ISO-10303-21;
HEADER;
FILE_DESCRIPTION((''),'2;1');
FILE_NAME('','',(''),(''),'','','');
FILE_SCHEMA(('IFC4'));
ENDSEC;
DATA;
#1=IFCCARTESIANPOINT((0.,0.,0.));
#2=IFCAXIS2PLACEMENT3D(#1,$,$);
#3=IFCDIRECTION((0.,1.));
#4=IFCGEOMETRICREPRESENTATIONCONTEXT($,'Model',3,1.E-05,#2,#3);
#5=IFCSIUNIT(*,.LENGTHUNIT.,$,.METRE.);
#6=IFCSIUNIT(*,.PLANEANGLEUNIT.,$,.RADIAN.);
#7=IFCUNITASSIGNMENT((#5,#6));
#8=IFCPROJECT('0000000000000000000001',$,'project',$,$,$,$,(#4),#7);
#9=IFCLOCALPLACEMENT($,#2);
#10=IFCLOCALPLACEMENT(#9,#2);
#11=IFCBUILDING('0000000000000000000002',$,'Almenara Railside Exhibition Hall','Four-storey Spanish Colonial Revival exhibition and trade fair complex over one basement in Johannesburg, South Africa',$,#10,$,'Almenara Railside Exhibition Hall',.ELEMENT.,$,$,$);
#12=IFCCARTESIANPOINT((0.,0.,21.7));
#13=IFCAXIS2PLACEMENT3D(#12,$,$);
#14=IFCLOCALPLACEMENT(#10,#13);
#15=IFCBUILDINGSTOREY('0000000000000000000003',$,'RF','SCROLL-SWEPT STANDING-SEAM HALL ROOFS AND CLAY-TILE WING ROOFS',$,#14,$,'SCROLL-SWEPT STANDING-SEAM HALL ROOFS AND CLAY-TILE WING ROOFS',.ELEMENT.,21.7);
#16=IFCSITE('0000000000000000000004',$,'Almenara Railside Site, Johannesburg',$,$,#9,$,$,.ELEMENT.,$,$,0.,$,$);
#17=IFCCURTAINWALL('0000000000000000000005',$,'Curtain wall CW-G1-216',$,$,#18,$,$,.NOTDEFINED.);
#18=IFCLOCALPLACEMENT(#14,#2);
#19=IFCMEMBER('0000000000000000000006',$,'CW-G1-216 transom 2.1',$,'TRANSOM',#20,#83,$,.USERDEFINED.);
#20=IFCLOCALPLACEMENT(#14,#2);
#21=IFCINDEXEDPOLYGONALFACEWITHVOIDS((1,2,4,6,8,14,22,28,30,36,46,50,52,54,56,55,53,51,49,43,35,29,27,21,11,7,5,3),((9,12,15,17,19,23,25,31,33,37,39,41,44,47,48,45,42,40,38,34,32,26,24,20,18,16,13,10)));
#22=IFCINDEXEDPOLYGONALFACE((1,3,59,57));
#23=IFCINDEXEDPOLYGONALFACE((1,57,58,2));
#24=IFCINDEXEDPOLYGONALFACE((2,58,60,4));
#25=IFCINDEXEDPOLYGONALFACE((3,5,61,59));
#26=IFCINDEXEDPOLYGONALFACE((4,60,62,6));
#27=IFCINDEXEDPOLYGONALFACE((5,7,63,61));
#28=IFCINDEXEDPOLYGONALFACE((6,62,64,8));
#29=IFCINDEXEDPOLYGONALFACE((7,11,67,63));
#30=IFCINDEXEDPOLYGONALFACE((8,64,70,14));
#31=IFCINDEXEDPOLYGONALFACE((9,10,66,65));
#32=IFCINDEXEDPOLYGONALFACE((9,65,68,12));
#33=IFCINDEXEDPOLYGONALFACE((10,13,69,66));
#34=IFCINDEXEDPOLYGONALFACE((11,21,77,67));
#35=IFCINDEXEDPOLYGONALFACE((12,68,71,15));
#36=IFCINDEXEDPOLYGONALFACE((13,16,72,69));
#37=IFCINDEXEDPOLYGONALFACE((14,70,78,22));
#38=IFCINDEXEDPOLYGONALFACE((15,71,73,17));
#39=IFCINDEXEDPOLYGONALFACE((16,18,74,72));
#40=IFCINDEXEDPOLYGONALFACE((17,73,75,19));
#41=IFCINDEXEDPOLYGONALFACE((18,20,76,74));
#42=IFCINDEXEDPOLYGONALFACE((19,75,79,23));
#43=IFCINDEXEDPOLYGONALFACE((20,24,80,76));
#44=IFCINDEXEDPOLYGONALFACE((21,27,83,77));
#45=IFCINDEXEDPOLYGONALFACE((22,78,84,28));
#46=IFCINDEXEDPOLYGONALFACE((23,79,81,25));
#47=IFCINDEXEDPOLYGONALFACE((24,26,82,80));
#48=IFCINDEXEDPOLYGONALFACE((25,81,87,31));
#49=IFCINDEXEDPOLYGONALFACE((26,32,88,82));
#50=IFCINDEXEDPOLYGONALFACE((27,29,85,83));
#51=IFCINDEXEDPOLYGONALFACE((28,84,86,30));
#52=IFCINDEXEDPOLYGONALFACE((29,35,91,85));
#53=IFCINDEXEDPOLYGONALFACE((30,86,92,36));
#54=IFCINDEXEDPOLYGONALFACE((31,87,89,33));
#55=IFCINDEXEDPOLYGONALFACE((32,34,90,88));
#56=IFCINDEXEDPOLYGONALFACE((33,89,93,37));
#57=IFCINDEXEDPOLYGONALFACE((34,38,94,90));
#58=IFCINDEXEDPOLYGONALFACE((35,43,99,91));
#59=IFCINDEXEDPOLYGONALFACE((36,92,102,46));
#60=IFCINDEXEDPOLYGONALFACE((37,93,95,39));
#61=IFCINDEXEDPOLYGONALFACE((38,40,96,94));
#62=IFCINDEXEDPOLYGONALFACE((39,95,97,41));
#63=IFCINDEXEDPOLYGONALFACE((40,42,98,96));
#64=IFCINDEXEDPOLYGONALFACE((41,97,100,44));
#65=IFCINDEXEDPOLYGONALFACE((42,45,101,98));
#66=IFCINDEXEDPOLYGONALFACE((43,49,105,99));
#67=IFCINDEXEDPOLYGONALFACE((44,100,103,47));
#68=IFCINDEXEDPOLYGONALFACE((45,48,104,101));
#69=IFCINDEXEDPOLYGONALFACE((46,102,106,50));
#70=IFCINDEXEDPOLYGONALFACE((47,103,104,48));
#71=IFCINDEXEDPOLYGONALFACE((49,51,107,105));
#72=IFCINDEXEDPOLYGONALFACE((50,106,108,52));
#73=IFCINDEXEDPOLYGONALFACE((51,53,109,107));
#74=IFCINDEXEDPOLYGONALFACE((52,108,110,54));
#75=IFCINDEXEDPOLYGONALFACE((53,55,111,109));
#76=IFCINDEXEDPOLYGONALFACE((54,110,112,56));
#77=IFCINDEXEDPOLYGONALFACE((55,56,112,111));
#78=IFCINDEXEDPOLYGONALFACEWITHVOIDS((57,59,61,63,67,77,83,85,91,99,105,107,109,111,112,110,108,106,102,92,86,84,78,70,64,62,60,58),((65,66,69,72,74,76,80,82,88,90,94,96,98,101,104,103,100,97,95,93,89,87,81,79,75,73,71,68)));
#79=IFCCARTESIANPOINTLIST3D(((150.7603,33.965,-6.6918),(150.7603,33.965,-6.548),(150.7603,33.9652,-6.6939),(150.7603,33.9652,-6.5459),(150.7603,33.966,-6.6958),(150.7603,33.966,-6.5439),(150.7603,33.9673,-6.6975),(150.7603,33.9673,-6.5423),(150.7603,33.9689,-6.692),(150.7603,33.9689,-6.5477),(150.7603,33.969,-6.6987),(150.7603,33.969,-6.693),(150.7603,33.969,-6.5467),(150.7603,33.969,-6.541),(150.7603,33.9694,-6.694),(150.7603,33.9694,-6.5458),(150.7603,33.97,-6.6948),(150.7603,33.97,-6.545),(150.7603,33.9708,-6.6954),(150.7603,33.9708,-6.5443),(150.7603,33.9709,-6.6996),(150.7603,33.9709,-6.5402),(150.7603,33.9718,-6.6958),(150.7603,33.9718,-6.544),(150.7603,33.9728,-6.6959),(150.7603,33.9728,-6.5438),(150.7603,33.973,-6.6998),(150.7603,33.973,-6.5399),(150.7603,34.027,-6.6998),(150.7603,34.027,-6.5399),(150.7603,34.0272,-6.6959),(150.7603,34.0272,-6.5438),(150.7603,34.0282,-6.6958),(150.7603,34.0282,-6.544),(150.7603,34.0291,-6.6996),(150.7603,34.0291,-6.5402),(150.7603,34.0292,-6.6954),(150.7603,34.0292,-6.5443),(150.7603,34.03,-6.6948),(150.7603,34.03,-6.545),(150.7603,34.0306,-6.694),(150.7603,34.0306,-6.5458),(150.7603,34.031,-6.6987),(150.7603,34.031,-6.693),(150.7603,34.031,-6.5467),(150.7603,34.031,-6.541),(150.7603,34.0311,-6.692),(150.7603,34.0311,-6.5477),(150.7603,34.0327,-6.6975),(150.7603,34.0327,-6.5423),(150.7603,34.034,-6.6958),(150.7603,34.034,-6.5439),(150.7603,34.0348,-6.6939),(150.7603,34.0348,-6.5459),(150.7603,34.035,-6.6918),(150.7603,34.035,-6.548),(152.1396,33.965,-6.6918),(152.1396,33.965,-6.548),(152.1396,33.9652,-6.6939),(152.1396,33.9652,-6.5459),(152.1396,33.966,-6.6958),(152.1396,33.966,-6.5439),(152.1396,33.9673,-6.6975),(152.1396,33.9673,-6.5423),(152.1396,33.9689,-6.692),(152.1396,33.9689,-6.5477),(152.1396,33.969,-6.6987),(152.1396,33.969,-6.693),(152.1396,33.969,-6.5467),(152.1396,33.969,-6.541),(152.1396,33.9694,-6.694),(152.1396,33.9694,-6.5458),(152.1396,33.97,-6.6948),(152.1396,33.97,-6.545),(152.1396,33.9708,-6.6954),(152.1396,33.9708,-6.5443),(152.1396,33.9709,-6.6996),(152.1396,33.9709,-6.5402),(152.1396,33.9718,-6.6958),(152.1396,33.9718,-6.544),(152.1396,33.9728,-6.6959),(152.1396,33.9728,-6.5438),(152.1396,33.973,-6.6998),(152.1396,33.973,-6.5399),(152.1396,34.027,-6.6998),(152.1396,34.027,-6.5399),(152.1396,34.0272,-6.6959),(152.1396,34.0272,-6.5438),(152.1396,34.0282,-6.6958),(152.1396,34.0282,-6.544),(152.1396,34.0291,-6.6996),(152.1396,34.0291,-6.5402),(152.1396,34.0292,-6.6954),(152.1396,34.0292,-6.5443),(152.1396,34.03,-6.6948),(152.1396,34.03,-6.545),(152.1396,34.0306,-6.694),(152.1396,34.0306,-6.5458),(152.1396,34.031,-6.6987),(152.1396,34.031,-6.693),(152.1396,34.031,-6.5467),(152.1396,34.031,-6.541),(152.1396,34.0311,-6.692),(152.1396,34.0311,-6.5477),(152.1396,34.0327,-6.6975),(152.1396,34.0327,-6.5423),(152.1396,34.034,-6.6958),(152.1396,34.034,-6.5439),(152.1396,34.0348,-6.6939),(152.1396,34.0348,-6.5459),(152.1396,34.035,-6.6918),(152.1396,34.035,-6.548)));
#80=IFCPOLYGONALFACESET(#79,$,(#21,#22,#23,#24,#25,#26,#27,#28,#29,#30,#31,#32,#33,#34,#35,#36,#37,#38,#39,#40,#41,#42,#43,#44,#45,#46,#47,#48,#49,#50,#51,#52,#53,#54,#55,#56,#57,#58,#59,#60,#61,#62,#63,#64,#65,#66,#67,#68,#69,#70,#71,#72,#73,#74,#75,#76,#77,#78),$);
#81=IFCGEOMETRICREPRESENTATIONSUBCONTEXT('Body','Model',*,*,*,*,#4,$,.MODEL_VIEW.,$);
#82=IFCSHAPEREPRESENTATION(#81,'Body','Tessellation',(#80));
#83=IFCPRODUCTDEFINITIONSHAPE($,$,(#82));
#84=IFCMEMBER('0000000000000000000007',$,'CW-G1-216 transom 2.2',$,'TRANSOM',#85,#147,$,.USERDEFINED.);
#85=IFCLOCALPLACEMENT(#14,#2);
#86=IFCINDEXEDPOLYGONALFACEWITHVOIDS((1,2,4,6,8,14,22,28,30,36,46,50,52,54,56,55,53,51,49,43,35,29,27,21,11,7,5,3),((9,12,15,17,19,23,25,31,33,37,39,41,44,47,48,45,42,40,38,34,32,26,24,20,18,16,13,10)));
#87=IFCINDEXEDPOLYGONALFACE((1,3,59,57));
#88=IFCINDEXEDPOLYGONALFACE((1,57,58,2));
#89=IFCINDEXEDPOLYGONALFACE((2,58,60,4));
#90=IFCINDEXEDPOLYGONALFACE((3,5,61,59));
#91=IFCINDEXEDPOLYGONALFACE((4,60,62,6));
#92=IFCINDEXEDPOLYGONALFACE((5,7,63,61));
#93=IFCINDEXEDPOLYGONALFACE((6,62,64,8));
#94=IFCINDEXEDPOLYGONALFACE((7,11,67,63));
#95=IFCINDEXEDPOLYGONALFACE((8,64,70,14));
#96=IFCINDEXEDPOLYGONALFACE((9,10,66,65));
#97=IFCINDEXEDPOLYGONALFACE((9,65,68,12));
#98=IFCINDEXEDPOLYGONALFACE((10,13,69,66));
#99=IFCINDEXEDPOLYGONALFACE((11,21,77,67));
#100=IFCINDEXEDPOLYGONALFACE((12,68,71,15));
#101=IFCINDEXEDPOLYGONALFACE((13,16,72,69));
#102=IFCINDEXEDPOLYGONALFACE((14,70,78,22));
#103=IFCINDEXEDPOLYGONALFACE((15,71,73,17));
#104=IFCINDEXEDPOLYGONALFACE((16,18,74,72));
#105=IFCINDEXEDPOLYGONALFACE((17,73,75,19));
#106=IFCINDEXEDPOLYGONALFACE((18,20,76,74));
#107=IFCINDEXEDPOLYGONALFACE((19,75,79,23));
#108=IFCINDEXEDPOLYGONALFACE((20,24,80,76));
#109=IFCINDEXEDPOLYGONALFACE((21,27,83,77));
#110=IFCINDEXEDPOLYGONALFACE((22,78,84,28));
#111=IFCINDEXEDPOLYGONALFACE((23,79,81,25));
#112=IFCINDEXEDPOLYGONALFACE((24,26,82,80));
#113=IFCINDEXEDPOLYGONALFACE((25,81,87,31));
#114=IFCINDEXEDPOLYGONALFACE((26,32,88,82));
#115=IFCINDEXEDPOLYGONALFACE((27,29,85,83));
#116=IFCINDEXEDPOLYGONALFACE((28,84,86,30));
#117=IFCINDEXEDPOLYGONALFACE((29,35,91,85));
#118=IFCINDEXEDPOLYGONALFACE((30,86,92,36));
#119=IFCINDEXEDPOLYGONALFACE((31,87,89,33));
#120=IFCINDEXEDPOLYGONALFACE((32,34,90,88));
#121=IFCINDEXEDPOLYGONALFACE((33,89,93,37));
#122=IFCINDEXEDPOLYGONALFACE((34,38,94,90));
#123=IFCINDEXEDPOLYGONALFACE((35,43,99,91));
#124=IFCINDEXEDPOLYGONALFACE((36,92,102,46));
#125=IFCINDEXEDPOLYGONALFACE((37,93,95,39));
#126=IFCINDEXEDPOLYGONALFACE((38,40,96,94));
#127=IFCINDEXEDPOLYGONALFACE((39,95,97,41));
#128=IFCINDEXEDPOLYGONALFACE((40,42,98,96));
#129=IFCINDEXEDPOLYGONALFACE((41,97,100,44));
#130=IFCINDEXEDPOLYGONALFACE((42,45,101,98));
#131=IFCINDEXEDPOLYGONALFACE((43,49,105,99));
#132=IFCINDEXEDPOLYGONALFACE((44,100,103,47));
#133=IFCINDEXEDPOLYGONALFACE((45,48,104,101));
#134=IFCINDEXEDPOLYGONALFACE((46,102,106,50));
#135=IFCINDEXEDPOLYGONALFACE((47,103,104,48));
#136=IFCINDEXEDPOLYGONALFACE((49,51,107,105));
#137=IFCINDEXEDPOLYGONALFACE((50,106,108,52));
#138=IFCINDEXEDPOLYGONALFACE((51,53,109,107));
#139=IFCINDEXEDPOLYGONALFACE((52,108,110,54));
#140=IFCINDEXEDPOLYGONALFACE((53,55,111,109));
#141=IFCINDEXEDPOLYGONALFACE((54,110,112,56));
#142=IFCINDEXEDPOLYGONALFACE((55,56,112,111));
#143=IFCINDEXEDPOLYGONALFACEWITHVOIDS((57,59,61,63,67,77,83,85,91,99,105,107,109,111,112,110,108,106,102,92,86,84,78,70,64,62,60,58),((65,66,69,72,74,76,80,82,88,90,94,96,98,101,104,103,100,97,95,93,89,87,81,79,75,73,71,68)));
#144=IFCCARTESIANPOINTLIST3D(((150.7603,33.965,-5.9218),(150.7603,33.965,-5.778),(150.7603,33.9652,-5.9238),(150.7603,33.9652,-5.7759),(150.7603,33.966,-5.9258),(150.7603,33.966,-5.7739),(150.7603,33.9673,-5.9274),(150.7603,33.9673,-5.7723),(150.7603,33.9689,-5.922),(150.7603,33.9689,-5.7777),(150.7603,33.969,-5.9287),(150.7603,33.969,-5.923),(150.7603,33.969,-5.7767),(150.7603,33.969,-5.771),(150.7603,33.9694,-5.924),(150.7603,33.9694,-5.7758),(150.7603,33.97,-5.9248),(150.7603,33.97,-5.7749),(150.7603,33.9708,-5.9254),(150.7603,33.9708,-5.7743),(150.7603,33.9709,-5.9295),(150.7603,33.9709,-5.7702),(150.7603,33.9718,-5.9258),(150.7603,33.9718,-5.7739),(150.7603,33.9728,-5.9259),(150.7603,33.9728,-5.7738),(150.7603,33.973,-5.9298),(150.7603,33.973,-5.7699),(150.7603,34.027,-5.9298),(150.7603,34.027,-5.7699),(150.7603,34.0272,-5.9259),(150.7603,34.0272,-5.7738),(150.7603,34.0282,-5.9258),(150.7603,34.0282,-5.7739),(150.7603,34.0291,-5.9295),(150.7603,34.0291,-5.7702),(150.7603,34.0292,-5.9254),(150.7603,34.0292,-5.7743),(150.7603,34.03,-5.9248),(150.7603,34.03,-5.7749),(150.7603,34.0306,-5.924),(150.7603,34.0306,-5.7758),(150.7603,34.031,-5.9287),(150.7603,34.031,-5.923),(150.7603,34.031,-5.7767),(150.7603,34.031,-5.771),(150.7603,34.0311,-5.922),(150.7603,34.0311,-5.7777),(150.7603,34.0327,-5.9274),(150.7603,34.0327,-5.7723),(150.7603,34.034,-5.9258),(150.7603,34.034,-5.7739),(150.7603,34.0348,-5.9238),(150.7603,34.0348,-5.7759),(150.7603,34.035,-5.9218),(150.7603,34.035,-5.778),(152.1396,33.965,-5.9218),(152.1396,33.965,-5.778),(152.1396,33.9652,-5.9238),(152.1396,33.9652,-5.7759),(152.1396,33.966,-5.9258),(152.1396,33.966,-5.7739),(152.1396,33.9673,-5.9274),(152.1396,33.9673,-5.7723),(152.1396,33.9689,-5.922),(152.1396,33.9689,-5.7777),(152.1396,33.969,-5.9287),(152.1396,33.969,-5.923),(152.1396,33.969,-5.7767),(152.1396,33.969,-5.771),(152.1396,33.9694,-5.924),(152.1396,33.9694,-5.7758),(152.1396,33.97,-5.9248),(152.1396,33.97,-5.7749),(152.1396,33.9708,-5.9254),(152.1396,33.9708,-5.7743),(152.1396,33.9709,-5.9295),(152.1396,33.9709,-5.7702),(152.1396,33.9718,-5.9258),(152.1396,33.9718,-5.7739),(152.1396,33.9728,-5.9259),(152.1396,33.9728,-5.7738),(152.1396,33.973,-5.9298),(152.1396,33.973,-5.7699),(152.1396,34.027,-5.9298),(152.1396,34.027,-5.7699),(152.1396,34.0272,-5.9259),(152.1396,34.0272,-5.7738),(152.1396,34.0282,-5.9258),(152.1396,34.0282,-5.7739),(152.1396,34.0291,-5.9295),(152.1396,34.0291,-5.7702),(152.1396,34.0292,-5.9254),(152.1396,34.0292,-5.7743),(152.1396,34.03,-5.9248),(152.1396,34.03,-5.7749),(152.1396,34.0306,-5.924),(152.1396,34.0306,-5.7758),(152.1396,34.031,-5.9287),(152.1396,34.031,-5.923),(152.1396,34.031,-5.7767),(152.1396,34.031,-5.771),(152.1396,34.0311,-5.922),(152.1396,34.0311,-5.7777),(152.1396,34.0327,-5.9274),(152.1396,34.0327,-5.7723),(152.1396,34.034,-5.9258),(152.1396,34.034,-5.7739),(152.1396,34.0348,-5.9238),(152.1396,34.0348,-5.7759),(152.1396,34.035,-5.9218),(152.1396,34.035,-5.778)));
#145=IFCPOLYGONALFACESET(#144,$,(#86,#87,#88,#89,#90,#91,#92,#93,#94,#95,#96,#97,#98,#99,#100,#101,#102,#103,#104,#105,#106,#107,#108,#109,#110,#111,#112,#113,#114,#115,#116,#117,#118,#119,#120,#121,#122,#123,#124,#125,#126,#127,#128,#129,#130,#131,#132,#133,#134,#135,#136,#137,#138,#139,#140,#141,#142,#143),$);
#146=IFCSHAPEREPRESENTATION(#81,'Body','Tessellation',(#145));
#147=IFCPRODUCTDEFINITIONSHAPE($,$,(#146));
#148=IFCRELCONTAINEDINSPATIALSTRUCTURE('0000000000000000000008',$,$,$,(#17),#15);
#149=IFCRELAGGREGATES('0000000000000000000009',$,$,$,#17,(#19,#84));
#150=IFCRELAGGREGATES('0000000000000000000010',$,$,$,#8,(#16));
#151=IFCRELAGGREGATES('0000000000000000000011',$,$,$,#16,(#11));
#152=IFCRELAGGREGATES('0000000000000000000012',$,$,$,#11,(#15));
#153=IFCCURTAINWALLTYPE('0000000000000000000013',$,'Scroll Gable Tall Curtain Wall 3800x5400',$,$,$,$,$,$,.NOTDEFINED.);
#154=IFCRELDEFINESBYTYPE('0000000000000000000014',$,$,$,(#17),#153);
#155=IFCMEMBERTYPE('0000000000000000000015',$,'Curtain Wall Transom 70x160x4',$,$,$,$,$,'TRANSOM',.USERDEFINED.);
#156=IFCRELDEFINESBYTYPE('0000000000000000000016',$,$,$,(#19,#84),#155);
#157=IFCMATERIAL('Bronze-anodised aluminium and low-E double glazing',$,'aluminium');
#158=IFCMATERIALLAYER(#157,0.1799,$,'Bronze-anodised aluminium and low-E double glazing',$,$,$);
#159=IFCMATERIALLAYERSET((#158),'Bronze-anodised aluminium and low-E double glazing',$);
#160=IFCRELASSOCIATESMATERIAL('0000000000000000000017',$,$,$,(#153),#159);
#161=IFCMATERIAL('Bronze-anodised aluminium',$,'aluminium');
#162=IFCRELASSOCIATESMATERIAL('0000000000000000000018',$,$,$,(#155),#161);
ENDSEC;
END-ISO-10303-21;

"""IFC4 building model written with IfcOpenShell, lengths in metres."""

from ifc_helpers import new_model, si_unit, direction, frame, origin, origin_2d, place, context, subcontext, project, spatial, hollow_rectangle, extrude, material, layer, layer_set, material_profile, profile_set, type_object, element, aggregate, save


model = new_model("IFC4")

# Units and contexts
model_context = context("Model", 3, precision=1e-05, world=origin(), true_north=direction((0.0, 1.0)))
body_context = subcontext(model_context, "Body", "Model", "MODEL_VIEW")
ifc_project = project(units=[si_unit("LENGTHUNIT", "METRE"), si_unit("PLANEANGLEUNIT", "RADIAN")], contexts=[model_context])

# Site, building, storey
site_placement = place(None, origin())
site = spatial("IfcSite", under=ifc_project, at=site_placement, Name="Almenara Railside Site, Johannesburg", CompositionType="ELEMENT", RefElevation=0.0)
building_placement = place(site_placement, origin())
building = spatial("IfcBuilding", under=site, at=building_placement, Name="Almenara Railside Exhibition Hall", Description="Four-storey Spanish Colonial Revival exhibition and trade fair complex over one basement in Johannesburg, South Africa", LongName="Almenara Railside Exhibition Hall", CompositionType="ELEMENT")
storey_placement = place(building_placement, frame((0.0, 0.0, 21.7)))
storey = spatial("IfcBuildingStorey", under=building, at=storey_placement, Name="RF", Description="SCROLL-SWEPT STANDING-SEAM HALL ROOFS AND CLAY-TILE WING ROOFS", LongName="SCROLL-SWEPT STANDING-SEAM HALL ROOFS AND CLAY-TILE WING ROOFS", CompositionType="ELEMENT", Elevation=21.7)

# Shared definitions
ifc_material_1 = material(Name="Bronze-anodised aluminium and low-E double glazing", Category="aluminium")
ifc_material_2 = material(Name="Bronze-anodised aluminium", Category="aluminium")

# Curtain wall, members
ifc_layer_1 = layer(ifc_material_1, 0.1799, Name="Bronze-anodised aluminium and low-E double glazing")
ifc_layer_set_1 = layer_set([ifc_layer_1], Name="Bronze-anodised aluminium and low-E double glazing")
curtain_wall_type_1 = type_object("IfcCurtainWallType", Name="Scroll Gable Tall Curtain Wall 3800x5400", PredefinedType="NOTDEFINED", material=ifc_layer_set_1)
curtain_wall_1_placement = place(storey_placement, origin())
curtain_wall_1 = element("IfcCurtainWall", 1, at=curtain_wall_1_placement, inside=storey, type_object=curtain_wall_type_1, Name="Curtain wall CW-G1-216", PredefinedType="NOTDEFINED")
ifc_material_profile_1 = material_profile(ifc_material_2, hollow_rectangle(XDim=0.0701, YDim=0.1599, WallThickness=0.0039, InnerFilletRadius=0.0039, OuterFilletRadius=0.0081, at=origin_2d()), Name="ALU-TRN 70x160x4")
ifc_profile_set_1 = profile_set([ifc_material_profile_1], Name="Bronze-anodised aluminium")
member_type_1 = type_object("IfcMemberType", Name="Curtain Wall Transom 70x160x4", ElementType="TRANSOM", PredefinedType="USERDEFINED", material=ifc_profile_set_1)
member_1_placement = place(storey_placement, frame((150.7603, 34.0, -6.6199), z_axis=(1.0, 0.0, 0.0), x_axis=(0.0, 1.0, 0.0)))
member_1 = element("IfcMember", 2, at=member_1_placement, type_object=member_type_1, Name="CW-G1-216 transom 2.1", ObjectType="TRANSOM", PredefinedType="USERDEFINED", context=body_context, shape_type="SweptSolid", body=[
    extrude(hollow_rectangle(XDim=0.0701, YDim=0.1599, WallThickness=0.0039, InnerFilletRadius=0.0039, OuterFilletRadius=0.0081, at=origin_2d()), origin(), (0.0, 0.0, 1.0), 1.3794),
])
member_2_placement = place(storey_placement, frame((150.7603, 34.0, -5.8499), z_axis=(1.0, 0.0, 0.0), x_axis=(0.0, 1.0, 0.0)))
member_2 = element("IfcMember", 3, at=member_2_placement, type_object=member_type_1, Name="CW-G1-216 transom 2.2", ObjectType="TRANSOM", PredefinedType="USERDEFINED", context=body_context, shape_type="SweptSolid", body=[
    extrude(hollow_rectangle(XDim=0.0701, YDim=0.1599, WallThickness=0.0039, InnerFilletRadius=0.0039, OuterFilletRadius=0.0081, at=origin_2d()), origin(), (0.0, 0.0, 1.0), 1.3794),
])

aggregate(curtain_wall_1, [member_1, member_2])

save(model, "model.ifc")
